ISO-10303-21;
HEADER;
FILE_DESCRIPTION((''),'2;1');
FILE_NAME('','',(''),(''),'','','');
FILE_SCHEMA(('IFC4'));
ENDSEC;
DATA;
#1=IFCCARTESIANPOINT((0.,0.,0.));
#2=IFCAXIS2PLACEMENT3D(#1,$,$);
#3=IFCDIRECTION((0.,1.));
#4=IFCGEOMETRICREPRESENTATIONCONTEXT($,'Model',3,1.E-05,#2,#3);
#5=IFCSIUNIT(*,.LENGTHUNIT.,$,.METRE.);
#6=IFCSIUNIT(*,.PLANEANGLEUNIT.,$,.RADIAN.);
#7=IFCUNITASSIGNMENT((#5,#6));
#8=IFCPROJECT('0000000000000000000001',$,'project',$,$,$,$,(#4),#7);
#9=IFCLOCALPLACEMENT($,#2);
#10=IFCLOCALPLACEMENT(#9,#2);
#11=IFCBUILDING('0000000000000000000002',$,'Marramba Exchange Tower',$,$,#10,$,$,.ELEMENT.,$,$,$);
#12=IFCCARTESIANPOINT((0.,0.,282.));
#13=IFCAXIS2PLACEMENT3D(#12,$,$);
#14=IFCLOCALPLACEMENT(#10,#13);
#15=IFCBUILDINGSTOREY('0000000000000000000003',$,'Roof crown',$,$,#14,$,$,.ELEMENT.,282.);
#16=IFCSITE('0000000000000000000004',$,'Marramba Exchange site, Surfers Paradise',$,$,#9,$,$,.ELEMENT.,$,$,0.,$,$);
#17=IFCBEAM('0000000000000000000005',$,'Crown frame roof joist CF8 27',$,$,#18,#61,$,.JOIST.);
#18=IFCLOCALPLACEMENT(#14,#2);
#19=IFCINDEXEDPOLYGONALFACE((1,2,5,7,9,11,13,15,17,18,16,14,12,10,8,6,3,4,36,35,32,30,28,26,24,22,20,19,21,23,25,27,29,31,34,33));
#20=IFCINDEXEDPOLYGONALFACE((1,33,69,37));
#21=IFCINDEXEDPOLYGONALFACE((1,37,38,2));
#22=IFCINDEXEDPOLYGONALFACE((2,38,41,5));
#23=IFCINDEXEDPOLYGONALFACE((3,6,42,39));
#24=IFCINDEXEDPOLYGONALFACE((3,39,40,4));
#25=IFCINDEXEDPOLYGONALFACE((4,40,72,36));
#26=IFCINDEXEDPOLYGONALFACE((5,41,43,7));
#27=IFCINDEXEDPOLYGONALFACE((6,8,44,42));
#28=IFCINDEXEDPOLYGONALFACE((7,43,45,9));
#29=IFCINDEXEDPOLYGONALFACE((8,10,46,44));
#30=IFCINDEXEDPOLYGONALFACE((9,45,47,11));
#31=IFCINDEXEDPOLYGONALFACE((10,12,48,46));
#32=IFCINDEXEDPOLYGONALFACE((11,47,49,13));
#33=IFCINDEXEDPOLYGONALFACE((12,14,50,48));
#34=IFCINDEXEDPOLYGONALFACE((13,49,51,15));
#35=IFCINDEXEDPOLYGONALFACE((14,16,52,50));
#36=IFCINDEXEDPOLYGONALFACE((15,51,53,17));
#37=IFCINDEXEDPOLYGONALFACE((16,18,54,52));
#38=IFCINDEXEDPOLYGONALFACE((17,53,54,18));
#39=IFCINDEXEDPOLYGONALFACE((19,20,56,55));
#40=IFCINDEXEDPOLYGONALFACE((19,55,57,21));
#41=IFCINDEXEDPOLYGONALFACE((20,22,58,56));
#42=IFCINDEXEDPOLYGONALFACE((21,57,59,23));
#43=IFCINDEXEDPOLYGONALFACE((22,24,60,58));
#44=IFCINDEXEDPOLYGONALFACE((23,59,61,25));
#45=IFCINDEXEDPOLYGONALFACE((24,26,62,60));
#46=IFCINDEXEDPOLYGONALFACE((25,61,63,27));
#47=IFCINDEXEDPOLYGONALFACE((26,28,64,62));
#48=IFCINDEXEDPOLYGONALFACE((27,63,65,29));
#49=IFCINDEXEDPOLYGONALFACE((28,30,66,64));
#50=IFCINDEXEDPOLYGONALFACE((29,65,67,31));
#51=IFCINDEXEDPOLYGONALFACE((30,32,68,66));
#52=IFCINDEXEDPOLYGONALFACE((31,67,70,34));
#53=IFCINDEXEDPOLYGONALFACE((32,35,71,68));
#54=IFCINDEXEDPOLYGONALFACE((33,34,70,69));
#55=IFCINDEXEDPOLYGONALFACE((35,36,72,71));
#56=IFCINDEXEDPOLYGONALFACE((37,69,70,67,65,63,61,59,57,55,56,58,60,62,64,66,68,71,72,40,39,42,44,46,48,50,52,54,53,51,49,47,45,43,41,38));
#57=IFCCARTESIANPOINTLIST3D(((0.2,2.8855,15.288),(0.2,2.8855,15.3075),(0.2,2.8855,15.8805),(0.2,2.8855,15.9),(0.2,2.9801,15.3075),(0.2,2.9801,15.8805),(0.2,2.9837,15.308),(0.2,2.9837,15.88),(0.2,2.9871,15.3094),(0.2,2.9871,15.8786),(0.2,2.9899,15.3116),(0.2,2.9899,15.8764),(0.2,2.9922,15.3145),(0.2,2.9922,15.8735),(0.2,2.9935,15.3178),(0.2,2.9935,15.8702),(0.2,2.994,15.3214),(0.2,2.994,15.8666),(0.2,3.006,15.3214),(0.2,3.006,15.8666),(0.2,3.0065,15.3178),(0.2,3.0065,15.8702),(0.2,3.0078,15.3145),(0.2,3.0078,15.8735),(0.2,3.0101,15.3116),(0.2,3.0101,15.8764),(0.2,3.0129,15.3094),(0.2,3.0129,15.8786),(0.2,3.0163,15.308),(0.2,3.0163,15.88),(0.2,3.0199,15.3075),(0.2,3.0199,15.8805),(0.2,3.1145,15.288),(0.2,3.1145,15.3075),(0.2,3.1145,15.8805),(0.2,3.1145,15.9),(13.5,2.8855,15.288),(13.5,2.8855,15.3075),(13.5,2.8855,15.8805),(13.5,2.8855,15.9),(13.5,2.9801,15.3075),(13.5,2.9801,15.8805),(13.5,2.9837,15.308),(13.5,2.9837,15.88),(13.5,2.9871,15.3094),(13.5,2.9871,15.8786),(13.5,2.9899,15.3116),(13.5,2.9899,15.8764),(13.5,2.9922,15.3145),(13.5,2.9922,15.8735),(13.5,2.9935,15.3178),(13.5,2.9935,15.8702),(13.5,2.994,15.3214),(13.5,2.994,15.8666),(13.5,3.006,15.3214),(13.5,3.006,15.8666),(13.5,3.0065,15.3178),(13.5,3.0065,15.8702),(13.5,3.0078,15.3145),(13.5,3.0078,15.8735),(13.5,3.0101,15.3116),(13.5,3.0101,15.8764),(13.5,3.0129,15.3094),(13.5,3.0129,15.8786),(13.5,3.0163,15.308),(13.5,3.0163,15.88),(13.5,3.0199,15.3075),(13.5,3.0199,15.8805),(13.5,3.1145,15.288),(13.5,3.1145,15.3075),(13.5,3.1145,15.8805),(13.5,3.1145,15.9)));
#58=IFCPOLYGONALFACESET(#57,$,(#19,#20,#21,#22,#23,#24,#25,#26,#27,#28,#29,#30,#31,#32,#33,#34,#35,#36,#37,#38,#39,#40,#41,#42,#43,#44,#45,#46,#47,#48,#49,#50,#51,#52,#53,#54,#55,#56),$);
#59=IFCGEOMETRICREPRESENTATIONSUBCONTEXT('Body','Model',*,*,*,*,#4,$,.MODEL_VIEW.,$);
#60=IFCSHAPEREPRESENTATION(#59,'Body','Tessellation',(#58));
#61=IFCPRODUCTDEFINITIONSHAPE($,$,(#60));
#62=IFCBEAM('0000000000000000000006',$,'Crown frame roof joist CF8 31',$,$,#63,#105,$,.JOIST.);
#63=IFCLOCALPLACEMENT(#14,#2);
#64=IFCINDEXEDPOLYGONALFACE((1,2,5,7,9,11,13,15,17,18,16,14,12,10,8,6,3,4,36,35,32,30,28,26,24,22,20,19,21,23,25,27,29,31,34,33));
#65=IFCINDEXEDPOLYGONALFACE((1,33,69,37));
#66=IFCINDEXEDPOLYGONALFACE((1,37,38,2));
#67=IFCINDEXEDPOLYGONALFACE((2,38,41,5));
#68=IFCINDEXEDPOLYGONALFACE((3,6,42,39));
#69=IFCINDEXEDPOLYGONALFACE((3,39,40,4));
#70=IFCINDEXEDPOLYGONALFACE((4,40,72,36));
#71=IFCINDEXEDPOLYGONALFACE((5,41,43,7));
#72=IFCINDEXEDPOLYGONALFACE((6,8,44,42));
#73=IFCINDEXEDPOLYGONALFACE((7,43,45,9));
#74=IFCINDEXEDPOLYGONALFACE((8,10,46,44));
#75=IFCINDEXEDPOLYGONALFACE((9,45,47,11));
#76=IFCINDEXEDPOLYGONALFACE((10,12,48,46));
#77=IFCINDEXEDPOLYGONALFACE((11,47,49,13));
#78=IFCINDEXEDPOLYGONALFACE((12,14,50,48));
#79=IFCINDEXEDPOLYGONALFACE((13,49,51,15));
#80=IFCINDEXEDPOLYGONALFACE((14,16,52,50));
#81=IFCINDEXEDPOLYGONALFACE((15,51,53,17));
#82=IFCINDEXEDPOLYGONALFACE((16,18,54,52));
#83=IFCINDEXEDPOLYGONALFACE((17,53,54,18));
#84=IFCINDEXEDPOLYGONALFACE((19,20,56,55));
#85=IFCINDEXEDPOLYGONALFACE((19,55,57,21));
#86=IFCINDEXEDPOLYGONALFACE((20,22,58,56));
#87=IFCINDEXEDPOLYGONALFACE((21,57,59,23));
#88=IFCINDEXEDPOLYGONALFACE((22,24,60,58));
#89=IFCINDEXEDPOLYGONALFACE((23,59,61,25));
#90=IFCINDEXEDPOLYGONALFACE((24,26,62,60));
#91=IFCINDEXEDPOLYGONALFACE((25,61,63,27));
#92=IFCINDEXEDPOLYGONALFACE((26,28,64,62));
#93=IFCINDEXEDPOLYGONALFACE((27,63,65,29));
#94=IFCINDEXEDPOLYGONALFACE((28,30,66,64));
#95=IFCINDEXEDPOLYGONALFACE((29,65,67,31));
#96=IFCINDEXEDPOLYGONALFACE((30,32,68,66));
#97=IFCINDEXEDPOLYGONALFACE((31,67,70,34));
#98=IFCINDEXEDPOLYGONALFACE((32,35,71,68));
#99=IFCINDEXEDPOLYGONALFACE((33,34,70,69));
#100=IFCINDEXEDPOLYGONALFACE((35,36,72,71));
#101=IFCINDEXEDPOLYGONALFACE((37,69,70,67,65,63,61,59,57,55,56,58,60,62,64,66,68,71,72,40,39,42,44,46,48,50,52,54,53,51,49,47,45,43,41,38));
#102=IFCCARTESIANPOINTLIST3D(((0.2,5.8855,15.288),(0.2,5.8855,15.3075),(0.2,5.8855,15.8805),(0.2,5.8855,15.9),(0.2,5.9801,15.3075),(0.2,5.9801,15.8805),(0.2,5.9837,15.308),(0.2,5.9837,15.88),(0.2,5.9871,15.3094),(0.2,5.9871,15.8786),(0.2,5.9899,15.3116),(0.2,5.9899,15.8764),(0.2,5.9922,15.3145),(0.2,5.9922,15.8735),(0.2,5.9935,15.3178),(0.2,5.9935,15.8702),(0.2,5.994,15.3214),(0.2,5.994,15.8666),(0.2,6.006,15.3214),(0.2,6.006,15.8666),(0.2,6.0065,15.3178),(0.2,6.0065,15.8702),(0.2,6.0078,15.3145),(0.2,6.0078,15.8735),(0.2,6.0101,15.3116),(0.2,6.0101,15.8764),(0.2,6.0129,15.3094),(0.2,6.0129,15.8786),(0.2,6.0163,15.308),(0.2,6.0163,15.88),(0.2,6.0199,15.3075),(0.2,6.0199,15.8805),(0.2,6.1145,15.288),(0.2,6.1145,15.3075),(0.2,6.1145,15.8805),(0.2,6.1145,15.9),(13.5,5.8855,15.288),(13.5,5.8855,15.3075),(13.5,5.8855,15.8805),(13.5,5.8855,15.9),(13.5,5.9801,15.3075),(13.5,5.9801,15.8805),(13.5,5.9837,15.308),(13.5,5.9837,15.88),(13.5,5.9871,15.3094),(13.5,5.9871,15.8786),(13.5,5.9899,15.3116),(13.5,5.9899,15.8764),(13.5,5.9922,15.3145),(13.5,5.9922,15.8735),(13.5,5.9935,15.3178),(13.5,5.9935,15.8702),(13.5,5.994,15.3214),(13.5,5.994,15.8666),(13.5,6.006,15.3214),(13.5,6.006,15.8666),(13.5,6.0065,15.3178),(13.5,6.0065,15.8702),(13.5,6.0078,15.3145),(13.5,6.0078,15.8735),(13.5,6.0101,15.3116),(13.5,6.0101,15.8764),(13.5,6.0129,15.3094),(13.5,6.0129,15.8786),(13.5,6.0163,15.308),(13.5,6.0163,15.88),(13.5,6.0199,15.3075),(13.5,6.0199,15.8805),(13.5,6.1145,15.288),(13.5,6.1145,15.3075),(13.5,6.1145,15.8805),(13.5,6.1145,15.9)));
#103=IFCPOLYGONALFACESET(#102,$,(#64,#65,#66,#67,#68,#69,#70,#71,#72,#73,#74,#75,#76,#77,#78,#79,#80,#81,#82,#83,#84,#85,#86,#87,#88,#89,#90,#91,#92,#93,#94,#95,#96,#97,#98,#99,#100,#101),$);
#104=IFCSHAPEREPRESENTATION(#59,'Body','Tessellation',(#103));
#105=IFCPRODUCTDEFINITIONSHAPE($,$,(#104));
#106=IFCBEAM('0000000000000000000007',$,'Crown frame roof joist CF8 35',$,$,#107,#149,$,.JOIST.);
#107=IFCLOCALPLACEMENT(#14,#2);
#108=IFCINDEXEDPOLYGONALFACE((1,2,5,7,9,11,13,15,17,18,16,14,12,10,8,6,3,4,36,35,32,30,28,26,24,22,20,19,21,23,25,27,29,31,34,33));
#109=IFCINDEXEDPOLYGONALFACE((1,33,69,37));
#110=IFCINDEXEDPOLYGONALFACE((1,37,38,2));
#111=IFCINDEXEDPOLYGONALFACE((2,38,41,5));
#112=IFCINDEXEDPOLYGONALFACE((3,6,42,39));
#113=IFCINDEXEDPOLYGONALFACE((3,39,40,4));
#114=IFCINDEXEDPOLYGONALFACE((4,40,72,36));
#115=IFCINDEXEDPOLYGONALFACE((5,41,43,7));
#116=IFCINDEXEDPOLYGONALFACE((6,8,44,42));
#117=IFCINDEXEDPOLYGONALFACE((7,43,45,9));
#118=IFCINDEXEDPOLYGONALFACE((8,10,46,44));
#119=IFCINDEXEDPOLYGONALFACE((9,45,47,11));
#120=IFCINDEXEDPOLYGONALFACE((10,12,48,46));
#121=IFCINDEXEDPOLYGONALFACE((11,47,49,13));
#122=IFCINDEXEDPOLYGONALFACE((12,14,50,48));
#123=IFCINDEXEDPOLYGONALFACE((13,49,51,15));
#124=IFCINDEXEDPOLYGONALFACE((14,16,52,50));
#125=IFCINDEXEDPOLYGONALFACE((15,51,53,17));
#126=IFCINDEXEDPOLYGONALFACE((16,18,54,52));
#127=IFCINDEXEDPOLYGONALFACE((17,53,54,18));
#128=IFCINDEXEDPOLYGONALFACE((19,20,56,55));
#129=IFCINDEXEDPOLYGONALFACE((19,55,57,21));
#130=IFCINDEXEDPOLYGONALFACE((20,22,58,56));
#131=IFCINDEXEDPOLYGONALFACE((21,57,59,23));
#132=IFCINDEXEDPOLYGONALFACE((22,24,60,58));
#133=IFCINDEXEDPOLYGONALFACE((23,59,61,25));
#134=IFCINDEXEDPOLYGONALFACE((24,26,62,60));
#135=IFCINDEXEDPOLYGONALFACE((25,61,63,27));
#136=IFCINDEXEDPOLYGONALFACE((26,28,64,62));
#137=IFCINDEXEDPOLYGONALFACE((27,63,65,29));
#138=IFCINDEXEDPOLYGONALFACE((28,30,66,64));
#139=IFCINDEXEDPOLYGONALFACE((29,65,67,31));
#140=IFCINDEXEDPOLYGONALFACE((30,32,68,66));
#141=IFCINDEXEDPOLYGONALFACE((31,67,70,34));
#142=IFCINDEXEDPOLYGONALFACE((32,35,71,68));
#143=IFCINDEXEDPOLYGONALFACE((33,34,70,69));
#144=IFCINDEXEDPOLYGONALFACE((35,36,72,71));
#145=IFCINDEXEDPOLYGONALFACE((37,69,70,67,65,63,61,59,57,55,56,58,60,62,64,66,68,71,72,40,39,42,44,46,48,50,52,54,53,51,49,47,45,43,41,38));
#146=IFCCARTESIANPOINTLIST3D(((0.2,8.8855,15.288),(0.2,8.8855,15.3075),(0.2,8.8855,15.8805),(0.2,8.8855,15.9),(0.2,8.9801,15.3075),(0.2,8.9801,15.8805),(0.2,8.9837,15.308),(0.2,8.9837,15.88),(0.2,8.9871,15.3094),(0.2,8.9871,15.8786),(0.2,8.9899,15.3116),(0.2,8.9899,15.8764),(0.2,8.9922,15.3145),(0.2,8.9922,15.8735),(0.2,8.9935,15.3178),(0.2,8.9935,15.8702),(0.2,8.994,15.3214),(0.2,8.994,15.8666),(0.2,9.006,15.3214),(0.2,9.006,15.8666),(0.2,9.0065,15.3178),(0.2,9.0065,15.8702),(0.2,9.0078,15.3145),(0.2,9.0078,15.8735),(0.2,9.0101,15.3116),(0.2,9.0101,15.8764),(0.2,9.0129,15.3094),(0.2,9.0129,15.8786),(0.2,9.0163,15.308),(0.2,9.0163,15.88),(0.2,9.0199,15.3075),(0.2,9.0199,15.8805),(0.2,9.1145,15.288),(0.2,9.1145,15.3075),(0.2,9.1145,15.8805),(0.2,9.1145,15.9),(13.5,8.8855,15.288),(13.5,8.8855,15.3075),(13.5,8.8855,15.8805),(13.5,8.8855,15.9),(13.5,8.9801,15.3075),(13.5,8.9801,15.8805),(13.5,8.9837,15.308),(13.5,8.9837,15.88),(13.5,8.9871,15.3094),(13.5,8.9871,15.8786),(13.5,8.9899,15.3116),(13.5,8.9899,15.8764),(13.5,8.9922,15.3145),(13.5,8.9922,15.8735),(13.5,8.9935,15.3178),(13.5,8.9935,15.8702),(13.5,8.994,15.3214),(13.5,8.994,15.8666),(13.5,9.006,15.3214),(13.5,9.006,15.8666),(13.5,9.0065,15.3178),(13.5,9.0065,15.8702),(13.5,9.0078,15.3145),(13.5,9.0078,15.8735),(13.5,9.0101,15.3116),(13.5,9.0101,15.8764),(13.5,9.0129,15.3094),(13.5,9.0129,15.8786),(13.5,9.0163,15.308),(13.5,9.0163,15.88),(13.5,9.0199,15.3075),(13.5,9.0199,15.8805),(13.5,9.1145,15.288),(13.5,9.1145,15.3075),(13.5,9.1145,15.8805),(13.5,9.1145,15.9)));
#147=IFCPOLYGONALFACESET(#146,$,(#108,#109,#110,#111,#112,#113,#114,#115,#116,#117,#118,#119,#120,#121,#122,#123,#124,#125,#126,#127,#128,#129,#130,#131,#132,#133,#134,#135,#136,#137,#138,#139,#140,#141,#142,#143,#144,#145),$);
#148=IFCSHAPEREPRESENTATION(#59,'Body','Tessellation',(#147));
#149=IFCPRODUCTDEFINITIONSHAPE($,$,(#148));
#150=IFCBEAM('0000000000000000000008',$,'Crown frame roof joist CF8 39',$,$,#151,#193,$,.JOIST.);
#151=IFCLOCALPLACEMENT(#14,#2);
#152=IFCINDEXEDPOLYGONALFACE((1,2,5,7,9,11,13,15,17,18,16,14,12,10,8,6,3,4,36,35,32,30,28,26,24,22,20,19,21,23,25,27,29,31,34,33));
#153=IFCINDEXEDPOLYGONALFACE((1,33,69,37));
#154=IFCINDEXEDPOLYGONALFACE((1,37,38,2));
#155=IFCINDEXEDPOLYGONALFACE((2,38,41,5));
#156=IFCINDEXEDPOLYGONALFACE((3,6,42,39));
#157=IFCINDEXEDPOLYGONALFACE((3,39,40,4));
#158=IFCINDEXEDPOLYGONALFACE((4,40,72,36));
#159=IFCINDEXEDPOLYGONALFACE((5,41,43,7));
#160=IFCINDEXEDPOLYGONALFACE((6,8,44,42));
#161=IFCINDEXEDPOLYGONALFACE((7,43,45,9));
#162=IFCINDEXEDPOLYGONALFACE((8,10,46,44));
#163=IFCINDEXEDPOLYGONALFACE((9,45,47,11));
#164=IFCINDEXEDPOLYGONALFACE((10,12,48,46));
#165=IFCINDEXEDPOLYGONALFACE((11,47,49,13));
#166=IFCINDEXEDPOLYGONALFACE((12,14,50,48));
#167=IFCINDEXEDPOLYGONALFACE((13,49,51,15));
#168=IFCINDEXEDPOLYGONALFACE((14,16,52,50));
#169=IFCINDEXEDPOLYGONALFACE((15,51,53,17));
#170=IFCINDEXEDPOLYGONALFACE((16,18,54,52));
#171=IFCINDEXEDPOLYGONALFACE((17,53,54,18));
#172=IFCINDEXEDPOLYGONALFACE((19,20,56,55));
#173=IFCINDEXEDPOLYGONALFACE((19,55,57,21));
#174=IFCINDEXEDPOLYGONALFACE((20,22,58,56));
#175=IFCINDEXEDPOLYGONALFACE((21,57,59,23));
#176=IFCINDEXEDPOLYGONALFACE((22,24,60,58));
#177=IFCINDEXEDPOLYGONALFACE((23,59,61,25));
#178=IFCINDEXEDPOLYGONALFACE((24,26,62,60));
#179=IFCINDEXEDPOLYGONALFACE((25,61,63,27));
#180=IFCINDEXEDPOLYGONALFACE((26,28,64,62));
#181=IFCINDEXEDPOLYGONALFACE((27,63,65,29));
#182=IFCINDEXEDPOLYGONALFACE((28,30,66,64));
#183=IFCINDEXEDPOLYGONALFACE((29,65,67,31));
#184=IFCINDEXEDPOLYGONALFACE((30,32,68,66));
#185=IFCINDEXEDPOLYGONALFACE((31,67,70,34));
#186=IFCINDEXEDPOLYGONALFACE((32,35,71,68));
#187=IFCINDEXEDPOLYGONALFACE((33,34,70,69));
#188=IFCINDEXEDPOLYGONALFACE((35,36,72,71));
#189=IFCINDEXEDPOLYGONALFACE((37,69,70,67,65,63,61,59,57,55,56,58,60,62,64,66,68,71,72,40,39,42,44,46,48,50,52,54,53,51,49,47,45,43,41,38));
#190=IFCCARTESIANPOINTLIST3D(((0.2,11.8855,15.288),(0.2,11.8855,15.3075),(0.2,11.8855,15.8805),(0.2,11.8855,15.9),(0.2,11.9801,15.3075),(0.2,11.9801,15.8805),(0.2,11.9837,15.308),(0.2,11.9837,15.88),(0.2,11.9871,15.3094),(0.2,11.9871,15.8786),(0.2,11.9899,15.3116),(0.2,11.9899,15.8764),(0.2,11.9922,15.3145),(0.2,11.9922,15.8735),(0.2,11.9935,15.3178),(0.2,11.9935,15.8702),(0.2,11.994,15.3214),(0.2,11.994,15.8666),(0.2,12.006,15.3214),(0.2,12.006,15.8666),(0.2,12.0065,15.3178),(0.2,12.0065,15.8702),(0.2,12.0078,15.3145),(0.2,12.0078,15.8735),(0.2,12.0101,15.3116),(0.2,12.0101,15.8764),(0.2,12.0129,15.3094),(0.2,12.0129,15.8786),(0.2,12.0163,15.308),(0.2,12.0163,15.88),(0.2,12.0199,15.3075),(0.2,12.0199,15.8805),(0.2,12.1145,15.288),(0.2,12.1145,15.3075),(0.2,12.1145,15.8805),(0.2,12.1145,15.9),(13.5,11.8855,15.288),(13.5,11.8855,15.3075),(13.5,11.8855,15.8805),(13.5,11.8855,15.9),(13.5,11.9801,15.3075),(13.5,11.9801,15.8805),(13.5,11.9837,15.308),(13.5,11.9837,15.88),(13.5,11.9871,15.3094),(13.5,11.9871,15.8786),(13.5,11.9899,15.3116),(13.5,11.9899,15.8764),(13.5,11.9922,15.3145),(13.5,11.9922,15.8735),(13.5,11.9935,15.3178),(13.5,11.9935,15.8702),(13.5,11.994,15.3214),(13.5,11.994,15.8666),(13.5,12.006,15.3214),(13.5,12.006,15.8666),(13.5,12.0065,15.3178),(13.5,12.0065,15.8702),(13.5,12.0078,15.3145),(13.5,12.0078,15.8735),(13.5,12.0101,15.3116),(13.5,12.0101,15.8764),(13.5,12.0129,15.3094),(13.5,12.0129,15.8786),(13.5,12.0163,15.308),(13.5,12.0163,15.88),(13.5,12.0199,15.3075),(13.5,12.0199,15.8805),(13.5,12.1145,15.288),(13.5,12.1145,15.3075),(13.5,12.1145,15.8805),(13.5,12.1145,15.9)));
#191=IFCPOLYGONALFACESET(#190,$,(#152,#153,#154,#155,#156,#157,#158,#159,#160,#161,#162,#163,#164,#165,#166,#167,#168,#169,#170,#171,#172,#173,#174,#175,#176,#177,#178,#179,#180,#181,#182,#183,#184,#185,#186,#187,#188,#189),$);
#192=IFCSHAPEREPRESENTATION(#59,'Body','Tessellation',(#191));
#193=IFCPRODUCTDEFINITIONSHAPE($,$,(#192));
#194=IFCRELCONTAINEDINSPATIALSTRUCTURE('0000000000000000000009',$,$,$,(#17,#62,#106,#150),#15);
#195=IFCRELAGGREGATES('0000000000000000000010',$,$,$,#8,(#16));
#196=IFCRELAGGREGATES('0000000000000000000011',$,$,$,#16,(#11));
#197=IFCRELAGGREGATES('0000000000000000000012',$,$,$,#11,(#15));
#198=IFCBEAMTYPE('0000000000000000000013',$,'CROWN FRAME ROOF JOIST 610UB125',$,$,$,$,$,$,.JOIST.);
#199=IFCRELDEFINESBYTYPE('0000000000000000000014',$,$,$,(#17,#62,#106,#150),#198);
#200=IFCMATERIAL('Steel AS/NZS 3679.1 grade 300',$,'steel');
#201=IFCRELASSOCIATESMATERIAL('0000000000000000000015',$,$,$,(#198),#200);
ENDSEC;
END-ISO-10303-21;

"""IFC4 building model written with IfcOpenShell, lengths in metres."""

from ifc_helpers import new_model, si_unit, direction, frame, origin, origin_2d, place, context, subcontext, project, spatial, i_section, extrude, material, material_profile, profile_set, type_object, element, save


model = new_model("IFC4")

# Units and contexts
model_context = context("Model", 3, precision=1e-05, world=origin(), true_north=direction((0.0, 1.0)))
body_context = subcontext(model_context, "Body", "Model", "MODEL_VIEW")
ifc_project = project(units=[si_unit("LENGTHUNIT", "METRE"), si_unit("PLANEANGLEUNIT", "RADIAN")], contexts=[model_context])

# Site, building, storey
site_placement = place(None, origin())
site = spatial("IfcSite", under=ifc_project, at=site_placement, Name="Marramba Exchange site, Surfers Paradise", CompositionType="ELEMENT", RefElevation=0.0)
building_placement = place(site_placement, origin())
building = spatial("IfcBuilding", under=site, at=building_placement, Name="Marramba Exchange Tower", CompositionType="ELEMENT")
storey_placement = place(building_placement, frame((0.0, 0.0, 282.0)))
storey = spatial("IfcBuildingStorey", under=building, at=storey_placement, Name="Roof crown", CompositionType="ELEMENT", Elevation=282.0)

# Beams
ifc_material_1 = material(Name="Steel AS/NZS 3679.1 grade 300", Category="steel")
ifc_material_profile = material_profile(ifc_material_1, i_section(OverallWidth=0.229, OverallDepth=0.6121, WebThickness=0.012, FlangeThickness=0.0195, FilletRadius=0.0139, at=origin_2d()), Name="610UB125")
ifc_profile_set = profile_set([ifc_material_profile], Name="Steel AS/NZS 3679.1 grade 300")
beam_type = type_object("IfcBeamType", Name="CROWN FRAME ROOF JOIST 610UB125", PredefinedType="JOIST", material=ifc_profile_set)
for number, where, z_axis, x_axis, name in (
    (1, (0.2, 3.0, 15.594), (1.0, 0.0, 0.0), (0.0, 1.0, 0.0), "Crown frame roof joist CF8 27"),
    (2, (0.2, 6.0, 15.594), (1.0, 0.0, 0.0), (0.0, 1.0, 0.0), "Crown frame roof joist CF8 31"),
    (3, (0.2, 9.0, 15.594), (1.0, 0.0, 0.0), (0.0, 1.0, 0.0), "Crown frame roof joist CF8 35"),
    (4, (0.2, 12.0, 15.594), (1.0, 0.0, 0.0), (0.0, 1.0, 0.0), "Crown frame roof joist CF8 39"),
):
    element("IfcBeam", number, at=place(storey_placement, frame(where, z_axis=z_axis, x_axis=x_axis)), inside=storey, type_object=beam_type, Name=name, PredefinedType="JOIST", context=body_context, shape_type="SweptSolid", body=[
        extrude(i_section(OverallWidth=0.229, OverallDepth=0.6121, WebThickness=0.012, FlangeThickness=0.0195, FilletRadius=0.0139, at=origin_2d()), origin(), (0.0, 0.0, 1.0), 13.3),
    ])

save(model, "model.ifc")
